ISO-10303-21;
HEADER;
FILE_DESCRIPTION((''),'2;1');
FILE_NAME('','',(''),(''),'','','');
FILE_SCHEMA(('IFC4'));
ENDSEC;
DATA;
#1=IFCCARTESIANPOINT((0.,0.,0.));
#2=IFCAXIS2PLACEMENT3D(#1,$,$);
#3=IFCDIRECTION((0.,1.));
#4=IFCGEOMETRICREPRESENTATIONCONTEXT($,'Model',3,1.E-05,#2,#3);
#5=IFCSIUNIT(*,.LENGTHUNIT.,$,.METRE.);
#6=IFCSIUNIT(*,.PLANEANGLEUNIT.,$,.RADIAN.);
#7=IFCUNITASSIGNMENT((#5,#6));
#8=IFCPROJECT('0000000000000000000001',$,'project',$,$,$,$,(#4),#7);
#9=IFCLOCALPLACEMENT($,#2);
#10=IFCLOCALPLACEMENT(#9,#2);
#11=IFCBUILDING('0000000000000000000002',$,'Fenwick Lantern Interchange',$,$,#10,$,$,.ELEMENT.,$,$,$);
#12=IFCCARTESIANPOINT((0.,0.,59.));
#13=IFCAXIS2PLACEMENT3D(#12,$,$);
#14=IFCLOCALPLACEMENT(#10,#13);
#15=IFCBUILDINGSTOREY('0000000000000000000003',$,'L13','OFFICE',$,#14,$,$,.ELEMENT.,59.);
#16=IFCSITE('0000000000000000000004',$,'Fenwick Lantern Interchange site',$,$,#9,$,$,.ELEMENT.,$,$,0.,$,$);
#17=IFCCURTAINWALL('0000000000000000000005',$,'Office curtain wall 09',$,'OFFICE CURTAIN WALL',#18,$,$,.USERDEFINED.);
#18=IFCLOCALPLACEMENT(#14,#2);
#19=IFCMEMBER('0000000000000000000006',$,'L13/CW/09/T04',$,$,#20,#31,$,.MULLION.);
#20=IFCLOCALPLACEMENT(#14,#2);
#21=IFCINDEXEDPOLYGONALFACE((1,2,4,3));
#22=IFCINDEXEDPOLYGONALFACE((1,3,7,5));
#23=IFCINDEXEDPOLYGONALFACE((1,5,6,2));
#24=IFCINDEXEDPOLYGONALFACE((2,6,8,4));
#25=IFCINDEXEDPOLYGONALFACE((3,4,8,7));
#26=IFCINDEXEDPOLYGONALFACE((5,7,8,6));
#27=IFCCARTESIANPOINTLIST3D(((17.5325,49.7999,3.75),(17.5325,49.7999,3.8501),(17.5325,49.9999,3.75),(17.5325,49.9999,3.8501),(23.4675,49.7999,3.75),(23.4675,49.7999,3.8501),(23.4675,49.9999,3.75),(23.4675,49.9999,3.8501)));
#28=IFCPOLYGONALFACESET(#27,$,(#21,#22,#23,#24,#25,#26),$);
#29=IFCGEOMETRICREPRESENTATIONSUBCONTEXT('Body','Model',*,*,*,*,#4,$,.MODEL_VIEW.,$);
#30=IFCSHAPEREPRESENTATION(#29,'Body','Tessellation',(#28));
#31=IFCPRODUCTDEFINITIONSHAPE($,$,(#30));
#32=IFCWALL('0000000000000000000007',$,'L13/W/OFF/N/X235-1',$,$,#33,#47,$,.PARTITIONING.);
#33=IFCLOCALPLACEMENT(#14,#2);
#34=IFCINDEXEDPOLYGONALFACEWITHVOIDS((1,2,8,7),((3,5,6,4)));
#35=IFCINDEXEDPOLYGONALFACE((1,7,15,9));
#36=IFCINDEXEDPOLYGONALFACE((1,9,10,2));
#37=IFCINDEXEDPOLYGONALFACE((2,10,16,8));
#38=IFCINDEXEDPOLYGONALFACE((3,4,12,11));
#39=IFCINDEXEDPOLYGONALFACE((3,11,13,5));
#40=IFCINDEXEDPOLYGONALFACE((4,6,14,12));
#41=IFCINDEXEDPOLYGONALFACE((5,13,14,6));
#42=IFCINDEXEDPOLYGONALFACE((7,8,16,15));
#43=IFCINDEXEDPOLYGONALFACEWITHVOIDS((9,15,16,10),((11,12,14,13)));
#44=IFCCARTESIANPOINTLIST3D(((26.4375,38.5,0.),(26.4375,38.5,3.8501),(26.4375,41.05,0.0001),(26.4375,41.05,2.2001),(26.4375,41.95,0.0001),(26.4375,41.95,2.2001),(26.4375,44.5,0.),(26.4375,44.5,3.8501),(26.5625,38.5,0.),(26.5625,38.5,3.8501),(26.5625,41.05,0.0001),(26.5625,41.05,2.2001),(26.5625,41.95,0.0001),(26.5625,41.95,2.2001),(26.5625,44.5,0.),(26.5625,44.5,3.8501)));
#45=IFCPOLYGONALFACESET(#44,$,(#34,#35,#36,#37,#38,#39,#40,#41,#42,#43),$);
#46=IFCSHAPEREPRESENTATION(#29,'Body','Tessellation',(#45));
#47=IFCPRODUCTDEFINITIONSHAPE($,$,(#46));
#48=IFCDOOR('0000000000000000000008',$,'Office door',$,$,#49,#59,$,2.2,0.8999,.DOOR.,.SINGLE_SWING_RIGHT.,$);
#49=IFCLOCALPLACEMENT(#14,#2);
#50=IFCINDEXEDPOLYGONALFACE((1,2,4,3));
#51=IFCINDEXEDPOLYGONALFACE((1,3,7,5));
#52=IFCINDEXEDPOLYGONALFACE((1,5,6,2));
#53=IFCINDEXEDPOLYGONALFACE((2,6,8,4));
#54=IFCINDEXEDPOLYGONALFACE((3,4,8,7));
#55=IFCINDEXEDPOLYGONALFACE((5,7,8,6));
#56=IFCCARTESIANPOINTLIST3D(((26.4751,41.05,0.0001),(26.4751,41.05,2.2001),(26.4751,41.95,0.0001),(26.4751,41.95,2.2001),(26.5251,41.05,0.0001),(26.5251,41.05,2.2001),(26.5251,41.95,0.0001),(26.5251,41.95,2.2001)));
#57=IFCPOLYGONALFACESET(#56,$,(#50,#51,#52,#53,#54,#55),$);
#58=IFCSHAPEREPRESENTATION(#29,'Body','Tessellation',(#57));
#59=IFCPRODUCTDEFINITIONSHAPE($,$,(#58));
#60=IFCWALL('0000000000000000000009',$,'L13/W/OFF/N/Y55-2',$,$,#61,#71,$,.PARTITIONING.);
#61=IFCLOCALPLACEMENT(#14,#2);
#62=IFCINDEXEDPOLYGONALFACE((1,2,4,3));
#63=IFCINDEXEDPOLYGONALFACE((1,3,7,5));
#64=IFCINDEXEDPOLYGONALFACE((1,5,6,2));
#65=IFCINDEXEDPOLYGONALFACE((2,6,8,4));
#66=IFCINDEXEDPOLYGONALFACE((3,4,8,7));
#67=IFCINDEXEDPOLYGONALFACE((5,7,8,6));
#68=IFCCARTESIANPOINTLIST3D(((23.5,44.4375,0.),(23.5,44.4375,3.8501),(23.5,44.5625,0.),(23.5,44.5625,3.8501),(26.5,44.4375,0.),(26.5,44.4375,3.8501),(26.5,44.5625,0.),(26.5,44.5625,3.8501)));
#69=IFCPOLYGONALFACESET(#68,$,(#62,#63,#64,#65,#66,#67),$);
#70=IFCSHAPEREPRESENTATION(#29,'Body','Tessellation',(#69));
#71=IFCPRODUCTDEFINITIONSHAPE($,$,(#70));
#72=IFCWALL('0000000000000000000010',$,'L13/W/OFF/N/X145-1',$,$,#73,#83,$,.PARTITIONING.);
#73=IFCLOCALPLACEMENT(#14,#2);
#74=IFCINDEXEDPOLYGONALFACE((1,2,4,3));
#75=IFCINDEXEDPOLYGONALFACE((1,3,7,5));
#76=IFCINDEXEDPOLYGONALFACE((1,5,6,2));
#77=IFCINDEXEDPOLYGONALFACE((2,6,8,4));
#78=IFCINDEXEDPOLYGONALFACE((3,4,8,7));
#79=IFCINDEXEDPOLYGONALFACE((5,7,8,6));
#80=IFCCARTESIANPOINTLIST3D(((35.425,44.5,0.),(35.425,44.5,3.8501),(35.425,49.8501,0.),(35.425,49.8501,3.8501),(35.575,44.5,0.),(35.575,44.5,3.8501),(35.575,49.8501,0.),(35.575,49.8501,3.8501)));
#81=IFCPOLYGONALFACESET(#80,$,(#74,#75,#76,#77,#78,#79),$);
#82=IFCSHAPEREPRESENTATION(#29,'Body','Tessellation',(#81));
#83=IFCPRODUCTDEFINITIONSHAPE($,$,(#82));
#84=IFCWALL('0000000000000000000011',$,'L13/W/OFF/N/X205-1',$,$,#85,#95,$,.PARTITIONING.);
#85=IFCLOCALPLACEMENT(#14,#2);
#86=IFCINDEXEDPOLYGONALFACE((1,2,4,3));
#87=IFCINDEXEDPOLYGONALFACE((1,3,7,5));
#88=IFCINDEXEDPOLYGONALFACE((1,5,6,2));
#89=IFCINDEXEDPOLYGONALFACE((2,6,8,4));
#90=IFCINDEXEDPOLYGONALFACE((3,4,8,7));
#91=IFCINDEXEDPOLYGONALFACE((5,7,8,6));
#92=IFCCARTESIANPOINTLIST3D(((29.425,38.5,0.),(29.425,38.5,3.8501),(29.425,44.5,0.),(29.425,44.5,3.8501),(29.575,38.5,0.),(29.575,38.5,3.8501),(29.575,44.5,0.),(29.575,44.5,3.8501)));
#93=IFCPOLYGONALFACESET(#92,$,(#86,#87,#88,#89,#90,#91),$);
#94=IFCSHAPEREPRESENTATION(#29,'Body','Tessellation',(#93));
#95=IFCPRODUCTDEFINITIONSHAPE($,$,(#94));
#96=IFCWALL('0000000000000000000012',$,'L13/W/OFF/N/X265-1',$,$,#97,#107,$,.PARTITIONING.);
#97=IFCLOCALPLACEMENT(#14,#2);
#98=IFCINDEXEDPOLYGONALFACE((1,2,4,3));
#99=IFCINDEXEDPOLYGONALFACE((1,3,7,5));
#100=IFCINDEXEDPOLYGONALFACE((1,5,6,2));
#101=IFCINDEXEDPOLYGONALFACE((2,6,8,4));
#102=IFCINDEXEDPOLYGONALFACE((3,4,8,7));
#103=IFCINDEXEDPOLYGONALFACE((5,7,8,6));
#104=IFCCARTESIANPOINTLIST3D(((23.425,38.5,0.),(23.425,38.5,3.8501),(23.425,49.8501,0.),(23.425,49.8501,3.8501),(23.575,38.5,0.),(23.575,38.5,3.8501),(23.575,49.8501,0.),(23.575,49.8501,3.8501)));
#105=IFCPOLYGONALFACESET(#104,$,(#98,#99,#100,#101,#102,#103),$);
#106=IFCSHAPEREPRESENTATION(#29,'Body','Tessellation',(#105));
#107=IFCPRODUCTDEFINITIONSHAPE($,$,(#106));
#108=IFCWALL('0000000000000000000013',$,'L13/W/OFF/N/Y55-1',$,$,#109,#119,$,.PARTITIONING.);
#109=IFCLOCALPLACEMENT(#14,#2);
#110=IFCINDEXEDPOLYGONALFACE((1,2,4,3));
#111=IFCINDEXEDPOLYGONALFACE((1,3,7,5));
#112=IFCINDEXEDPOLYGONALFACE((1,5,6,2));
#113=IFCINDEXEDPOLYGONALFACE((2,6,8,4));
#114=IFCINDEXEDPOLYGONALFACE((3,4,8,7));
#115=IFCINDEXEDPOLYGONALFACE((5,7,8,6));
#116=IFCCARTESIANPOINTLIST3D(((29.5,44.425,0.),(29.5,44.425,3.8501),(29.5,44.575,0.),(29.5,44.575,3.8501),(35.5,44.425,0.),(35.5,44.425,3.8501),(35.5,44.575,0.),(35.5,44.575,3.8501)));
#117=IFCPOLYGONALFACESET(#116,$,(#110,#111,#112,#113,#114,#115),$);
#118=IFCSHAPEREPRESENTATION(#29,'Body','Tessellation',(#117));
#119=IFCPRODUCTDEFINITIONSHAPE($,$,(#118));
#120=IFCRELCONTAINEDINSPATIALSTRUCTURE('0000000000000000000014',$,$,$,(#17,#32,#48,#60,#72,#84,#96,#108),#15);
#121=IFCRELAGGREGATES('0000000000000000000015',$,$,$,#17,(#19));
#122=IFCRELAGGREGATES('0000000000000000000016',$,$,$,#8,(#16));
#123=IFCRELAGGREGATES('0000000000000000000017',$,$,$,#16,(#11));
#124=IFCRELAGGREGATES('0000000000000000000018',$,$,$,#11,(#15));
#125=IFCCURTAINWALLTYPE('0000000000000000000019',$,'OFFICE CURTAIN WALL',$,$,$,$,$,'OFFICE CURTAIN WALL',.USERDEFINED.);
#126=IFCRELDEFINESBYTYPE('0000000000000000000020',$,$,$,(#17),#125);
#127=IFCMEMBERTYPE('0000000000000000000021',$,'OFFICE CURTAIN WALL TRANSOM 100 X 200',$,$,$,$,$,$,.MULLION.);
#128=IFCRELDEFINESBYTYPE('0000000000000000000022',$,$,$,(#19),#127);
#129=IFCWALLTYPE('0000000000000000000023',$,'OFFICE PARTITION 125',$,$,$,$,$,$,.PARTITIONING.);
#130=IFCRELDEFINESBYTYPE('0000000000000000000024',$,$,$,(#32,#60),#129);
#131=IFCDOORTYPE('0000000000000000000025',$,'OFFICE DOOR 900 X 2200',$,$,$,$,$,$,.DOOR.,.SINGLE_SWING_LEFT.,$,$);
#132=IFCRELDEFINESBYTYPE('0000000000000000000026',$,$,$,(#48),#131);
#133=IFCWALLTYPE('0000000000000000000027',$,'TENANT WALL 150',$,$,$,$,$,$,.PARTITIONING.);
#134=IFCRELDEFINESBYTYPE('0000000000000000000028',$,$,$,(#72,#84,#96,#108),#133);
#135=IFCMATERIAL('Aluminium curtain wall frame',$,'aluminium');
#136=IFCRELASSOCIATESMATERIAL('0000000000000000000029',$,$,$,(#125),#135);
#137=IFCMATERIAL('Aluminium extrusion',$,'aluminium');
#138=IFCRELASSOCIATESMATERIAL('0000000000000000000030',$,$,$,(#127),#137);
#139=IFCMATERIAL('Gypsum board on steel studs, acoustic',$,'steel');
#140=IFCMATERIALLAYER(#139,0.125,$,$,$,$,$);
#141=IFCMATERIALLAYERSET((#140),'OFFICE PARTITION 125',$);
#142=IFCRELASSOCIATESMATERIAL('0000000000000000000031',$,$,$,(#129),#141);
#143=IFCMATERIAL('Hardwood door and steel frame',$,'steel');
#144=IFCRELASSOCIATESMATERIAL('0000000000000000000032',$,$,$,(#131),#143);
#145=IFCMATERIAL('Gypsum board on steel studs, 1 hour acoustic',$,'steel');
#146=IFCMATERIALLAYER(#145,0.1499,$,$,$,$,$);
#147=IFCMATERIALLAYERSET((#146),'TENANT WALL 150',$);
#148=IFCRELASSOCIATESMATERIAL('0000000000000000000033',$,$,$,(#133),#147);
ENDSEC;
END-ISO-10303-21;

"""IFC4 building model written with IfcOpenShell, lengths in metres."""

from ifc_helpers import new_model, si_unit, direction, frame, frame_2d, origin, origin_2d, place, context, subcontext, project, spatial, rectangle, extrude, material, layer, layer_set, material_profile, profile_set, type_object, element, fill, aggregate, save


model = new_model("IFC4")

# Units and contexts
model_context = context("Model", 3, precision=1e-05, world=origin(), true_north=direction((0.0, 1.0)))
body_context = subcontext(model_context, "Body", "Model", "MODEL_VIEW")
ifc_project = project(units=[si_unit("LENGTHUNIT", "METRE"), si_unit("PLANEANGLEUNIT", "RADIAN")], contexts=[model_context])

# Site, building, storey
site_placement = place(None, origin())
site = spatial("IfcSite", under=ifc_project, at=site_placement, Name="Fenwick Lantern Interchange site", CompositionType="ELEMENT", RefElevation=0.0)
building_placement = place(site_placement, origin())
building = spatial("IfcBuilding", under=site, at=building_placement, Name="Fenwick Lantern Interchange", CompositionType="ELEMENT")
storey_placement = place(building_placement, frame((0.0, 0.0, 59.0)))
storey = spatial("IfcBuildingStorey", under=building, at=storey_placement, Name="L13", Description="OFFICE", CompositionType="ELEMENT", Elevation=59.0)

# Curtain wall, member
ifc_material_1 = material(Name="Aluminium curtain wall frame", Category="aluminium")
curtain_wall_type = type_object("IfcCurtainWallType", Name="OFFICE CURTAIN WALL", ElementType="OFFICE CURTAIN WALL", PredefinedType="USERDEFINED", material=ifc_material_1)
curtain_wall_placement = place(storey_placement, origin())
curtain_wall = element("IfcCurtainWall", 1, at=curtain_wall_placement, inside=storey, type_object=curtain_wall_type, Name="Office curtain wall 09", ObjectType="OFFICE CURTAIN WALL", PredefinedType="USERDEFINED")
ifc_material_2 = material(Name="Aluminium extrusion", Category="aluminium")
ifc_material_profile_1 = material_profile(ifc_material_2, rectangle(XDim=0.2, YDim=0.1001, at=origin_2d()), Name="OFFICE CURTAIN WALL TRANSOM 100 X 200")
ifc_profile_set_1 = profile_set([ifc_material_profile_1], Name="Aluminium extrusion")
member_type_1 = type_object("IfcMemberType", Name="OFFICE CURTAIN WALL TRANSOM 100 X 200", PredefinedType="MULLION", material=ifc_profile_set_1)
member_1_placement = place(storey_placement, frame((23.4675, 49.8999, 3.8), z_axis=(-1.0, 0.0, 0.0), x_axis=(0.0, -1.0, 0.0)))
member_1 = element("IfcMember", 2, at=member_1_placement, type_object=member_type_1, Name="L13/CW/09/T04", PredefinedType="MULLION", context=body_context, shape_type="SweptSolid", body=[
    extrude(rectangle(XDim=0.2, YDim=0.1001, at=origin_2d()), origin(), (0.0, 0.0, 1.0), 5.9351),
])
aggregate(curtain_wall, [member_1])

# Wall, opening, door
ifc_material_3 = material(Name="Gypsum board on steel studs, acoustic", Category="steel")
ifc_layer_1 = layer(ifc_material_3, 0.125)
ifc_layer_set_1 = layer_set([ifc_layer_1], Name="OFFICE PARTITION 125")
wall_type_1 = type_object("IfcWallType", Name="OFFICE PARTITION 125", PredefinedType="PARTITIONING", material=ifc_layer_set_1)
wall_1_placement = place(storey_placement, frame((26.5, 44.5, 0.0), z_axis=(0.0, 0.0, 1.0), x_axis=(0.0, -1.0, 0.0)))
wall_1 = element("IfcWall", 3, at=wall_1_placement, inside=storey, type_object=wall_type_1, Name="L13/W/OFF/N/X235-1", PredefinedType="PARTITIONING", context=body_context, shape_type="SweptSolid", body=[
    extrude(rectangle(XDim=6.0, YDim=0.125, at=frame_2d((3.0, 0.0))), origin(), (0.0, 0.0, 1.0), 3.8501),
])
opening_placement = place(wall_1_placement, frame((2.55, 0.0, 0.0)))
opening = element("IfcOpeningElement", 4, at=opening_placement, cuts=wall_1, PredefinedType="OPENING", context=body_context, shape_type="SweptSolid", body=[
    extrude(rectangle(XDim=0.8999, YDim=2.2, at=frame_2d((0.45, 1.1001))), frame((0.0, 0.0725, 0.0), z_axis=(0.0, -1.0, 0.0), x_axis=(1.0, 0.0, 0.0)), (0.0, 0.0, 1.0), 0.145),
])
ifc_material_4 = material(Name="Hardwood door and steel frame", Category="steel")
door_type = type_object("IfcDoorType", Name="OFFICE DOOR 900 X 2200", OperationType="SINGLE_SWING_LEFT", PredefinedType="DOOR", material=ifc_material_4)
door_placement = place(opening_placement, frame((0.8999, 0.0, 0.0), z_axis=(0.0, 0.0, 1.0), x_axis=(-1.0, 0.0, 0.0)))
door = element("IfcDoor", 5, at=door_placement, inside=storey, type_object=door_type, Name="Office door", OperationType="SINGLE_SWING_RIGHT", OverallHeight=2.2, OverallWidth=0.8999, PredefinedType="DOOR", context=body_context, shape_type="SweptSolid", body=[
    extrude(rectangle(XDim=0.8999, YDim=2.2, at=frame_2d((0.45, 1.1001))), frame((0.0, 0.0249, 0.0), z_axis=(0.0, -1.0, 0.0), x_axis=(1.0, 0.0, 0.0)), (0.0, 0.0, 1.0), 0.05),
])
fill(opening, door)

# Walls
wall_2_placement = place(storey_placement, frame((26.5, 44.5, 0.0), z_axis=(0.0, 0.0, 1.0), x_axis=(-1.0, 0.0, 0.0)))
element("IfcWall", 6, at=wall_2_placement, inside=storey, type_object=wall_type_1, Name="L13/W/OFF/N/Y55-2", PredefinedType="PARTITIONING", context=body_context, shape_type="SweptSolid", body=[
    extrude(rectangle(XDim=3.0, YDim=0.125, at=frame_2d((1.5, 0.0))), origin(), (0.0, 0.0, 1.0), 3.8501),
])
ifc_material_5 = material(Name="Gypsum board on steel studs, 1 hour acoustic", Category="steel")
ifc_layer_2 = layer(ifc_material_5, 0.1499)
ifc_layer_set_2 = layer_set([ifc_layer_2], Name="TENANT WALL 150")
wall_type_2 = type_object("IfcWallType", Name="TENANT WALL 150", PredefinedType="PARTITIONING", material=ifc_layer_set_2)
wall_3_placement = place(storey_placement, frame((35.5, 49.8501, 0.0), z_axis=(0.0, 0.0, 1.0), x_axis=(0.0, -1.0, 0.0)))
element("IfcWall", 7, at=wall_3_placement, inside=storey, type_object=wall_type_2, Name="L13/W/OFF/N/X145-1", PredefinedType="PARTITIONING", context=body_context, shape_type="SweptSolid", body=[
    extrude(rectangle(XDim=5.3501, YDim=0.1499, at=frame_2d((2.675, 0.0))), origin(), (0.0, 0.0, 1.0), 3.8501),
])
wall_4_placement = place(storey_placement, frame((29.5, 44.5, 0.0), z_axis=(0.0, 0.0, 1.0), x_axis=(0.0, -1.0, 0.0)))
element("IfcWall", 8, at=wall_4_placement, inside=storey, type_object=wall_type_2, Name="L13/W/OFF/N/X205-1", PredefinedType="PARTITIONING", context=body_context, shape_type="SweptSolid", body=[
    extrude(rectangle(XDim=6.0, YDim=0.1499, at=frame_2d((3.0, 0.0))), origin(), (0.0, 0.0, 1.0), 3.8501),
])
wall_5_placement = place(storey_placement, frame((23.5, 49.8501, 0.0), z_axis=(0.0, 0.0, 1.0), x_axis=(0.0, -1.0, 0.0)))
element("IfcWall", 9, at=wall_5_placement, inside=storey, type_object=wall_type_2, Name="L13/W/OFF/N/X265-1", PredefinedType="PARTITIONING", context=body_context, shape_type="SweptSolid", body=[
    extrude(rectangle(XDim=11.3501, YDim=0.1499, at=frame_2d((5.675, 0.0))), origin(), (0.0, 0.0, 1.0), 3.8501),
])
wall_6_placement = place(storey_placement, frame((35.5, 44.5, 0.0), z_axis=(0.0, 0.0, 1.0), x_axis=(-1.0, 0.0, 0.0)))
element("IfcWall", 10, at=wall_6_placement, inside=storey, type_object=wall_type_2, Name="L13/W/OFF/N/Y55-1", PredefinedType="PARTITIONING", context=body_context, shape_type="SweptSolid", body=[
    extrude(rectangle(XDim=6.0, YDim=0.1499, at=frame_2d((3.0, 0.0))), origin(), (0.0, 0.0, 1.0), 3.8501),
])

save(model, "model.ifc")
